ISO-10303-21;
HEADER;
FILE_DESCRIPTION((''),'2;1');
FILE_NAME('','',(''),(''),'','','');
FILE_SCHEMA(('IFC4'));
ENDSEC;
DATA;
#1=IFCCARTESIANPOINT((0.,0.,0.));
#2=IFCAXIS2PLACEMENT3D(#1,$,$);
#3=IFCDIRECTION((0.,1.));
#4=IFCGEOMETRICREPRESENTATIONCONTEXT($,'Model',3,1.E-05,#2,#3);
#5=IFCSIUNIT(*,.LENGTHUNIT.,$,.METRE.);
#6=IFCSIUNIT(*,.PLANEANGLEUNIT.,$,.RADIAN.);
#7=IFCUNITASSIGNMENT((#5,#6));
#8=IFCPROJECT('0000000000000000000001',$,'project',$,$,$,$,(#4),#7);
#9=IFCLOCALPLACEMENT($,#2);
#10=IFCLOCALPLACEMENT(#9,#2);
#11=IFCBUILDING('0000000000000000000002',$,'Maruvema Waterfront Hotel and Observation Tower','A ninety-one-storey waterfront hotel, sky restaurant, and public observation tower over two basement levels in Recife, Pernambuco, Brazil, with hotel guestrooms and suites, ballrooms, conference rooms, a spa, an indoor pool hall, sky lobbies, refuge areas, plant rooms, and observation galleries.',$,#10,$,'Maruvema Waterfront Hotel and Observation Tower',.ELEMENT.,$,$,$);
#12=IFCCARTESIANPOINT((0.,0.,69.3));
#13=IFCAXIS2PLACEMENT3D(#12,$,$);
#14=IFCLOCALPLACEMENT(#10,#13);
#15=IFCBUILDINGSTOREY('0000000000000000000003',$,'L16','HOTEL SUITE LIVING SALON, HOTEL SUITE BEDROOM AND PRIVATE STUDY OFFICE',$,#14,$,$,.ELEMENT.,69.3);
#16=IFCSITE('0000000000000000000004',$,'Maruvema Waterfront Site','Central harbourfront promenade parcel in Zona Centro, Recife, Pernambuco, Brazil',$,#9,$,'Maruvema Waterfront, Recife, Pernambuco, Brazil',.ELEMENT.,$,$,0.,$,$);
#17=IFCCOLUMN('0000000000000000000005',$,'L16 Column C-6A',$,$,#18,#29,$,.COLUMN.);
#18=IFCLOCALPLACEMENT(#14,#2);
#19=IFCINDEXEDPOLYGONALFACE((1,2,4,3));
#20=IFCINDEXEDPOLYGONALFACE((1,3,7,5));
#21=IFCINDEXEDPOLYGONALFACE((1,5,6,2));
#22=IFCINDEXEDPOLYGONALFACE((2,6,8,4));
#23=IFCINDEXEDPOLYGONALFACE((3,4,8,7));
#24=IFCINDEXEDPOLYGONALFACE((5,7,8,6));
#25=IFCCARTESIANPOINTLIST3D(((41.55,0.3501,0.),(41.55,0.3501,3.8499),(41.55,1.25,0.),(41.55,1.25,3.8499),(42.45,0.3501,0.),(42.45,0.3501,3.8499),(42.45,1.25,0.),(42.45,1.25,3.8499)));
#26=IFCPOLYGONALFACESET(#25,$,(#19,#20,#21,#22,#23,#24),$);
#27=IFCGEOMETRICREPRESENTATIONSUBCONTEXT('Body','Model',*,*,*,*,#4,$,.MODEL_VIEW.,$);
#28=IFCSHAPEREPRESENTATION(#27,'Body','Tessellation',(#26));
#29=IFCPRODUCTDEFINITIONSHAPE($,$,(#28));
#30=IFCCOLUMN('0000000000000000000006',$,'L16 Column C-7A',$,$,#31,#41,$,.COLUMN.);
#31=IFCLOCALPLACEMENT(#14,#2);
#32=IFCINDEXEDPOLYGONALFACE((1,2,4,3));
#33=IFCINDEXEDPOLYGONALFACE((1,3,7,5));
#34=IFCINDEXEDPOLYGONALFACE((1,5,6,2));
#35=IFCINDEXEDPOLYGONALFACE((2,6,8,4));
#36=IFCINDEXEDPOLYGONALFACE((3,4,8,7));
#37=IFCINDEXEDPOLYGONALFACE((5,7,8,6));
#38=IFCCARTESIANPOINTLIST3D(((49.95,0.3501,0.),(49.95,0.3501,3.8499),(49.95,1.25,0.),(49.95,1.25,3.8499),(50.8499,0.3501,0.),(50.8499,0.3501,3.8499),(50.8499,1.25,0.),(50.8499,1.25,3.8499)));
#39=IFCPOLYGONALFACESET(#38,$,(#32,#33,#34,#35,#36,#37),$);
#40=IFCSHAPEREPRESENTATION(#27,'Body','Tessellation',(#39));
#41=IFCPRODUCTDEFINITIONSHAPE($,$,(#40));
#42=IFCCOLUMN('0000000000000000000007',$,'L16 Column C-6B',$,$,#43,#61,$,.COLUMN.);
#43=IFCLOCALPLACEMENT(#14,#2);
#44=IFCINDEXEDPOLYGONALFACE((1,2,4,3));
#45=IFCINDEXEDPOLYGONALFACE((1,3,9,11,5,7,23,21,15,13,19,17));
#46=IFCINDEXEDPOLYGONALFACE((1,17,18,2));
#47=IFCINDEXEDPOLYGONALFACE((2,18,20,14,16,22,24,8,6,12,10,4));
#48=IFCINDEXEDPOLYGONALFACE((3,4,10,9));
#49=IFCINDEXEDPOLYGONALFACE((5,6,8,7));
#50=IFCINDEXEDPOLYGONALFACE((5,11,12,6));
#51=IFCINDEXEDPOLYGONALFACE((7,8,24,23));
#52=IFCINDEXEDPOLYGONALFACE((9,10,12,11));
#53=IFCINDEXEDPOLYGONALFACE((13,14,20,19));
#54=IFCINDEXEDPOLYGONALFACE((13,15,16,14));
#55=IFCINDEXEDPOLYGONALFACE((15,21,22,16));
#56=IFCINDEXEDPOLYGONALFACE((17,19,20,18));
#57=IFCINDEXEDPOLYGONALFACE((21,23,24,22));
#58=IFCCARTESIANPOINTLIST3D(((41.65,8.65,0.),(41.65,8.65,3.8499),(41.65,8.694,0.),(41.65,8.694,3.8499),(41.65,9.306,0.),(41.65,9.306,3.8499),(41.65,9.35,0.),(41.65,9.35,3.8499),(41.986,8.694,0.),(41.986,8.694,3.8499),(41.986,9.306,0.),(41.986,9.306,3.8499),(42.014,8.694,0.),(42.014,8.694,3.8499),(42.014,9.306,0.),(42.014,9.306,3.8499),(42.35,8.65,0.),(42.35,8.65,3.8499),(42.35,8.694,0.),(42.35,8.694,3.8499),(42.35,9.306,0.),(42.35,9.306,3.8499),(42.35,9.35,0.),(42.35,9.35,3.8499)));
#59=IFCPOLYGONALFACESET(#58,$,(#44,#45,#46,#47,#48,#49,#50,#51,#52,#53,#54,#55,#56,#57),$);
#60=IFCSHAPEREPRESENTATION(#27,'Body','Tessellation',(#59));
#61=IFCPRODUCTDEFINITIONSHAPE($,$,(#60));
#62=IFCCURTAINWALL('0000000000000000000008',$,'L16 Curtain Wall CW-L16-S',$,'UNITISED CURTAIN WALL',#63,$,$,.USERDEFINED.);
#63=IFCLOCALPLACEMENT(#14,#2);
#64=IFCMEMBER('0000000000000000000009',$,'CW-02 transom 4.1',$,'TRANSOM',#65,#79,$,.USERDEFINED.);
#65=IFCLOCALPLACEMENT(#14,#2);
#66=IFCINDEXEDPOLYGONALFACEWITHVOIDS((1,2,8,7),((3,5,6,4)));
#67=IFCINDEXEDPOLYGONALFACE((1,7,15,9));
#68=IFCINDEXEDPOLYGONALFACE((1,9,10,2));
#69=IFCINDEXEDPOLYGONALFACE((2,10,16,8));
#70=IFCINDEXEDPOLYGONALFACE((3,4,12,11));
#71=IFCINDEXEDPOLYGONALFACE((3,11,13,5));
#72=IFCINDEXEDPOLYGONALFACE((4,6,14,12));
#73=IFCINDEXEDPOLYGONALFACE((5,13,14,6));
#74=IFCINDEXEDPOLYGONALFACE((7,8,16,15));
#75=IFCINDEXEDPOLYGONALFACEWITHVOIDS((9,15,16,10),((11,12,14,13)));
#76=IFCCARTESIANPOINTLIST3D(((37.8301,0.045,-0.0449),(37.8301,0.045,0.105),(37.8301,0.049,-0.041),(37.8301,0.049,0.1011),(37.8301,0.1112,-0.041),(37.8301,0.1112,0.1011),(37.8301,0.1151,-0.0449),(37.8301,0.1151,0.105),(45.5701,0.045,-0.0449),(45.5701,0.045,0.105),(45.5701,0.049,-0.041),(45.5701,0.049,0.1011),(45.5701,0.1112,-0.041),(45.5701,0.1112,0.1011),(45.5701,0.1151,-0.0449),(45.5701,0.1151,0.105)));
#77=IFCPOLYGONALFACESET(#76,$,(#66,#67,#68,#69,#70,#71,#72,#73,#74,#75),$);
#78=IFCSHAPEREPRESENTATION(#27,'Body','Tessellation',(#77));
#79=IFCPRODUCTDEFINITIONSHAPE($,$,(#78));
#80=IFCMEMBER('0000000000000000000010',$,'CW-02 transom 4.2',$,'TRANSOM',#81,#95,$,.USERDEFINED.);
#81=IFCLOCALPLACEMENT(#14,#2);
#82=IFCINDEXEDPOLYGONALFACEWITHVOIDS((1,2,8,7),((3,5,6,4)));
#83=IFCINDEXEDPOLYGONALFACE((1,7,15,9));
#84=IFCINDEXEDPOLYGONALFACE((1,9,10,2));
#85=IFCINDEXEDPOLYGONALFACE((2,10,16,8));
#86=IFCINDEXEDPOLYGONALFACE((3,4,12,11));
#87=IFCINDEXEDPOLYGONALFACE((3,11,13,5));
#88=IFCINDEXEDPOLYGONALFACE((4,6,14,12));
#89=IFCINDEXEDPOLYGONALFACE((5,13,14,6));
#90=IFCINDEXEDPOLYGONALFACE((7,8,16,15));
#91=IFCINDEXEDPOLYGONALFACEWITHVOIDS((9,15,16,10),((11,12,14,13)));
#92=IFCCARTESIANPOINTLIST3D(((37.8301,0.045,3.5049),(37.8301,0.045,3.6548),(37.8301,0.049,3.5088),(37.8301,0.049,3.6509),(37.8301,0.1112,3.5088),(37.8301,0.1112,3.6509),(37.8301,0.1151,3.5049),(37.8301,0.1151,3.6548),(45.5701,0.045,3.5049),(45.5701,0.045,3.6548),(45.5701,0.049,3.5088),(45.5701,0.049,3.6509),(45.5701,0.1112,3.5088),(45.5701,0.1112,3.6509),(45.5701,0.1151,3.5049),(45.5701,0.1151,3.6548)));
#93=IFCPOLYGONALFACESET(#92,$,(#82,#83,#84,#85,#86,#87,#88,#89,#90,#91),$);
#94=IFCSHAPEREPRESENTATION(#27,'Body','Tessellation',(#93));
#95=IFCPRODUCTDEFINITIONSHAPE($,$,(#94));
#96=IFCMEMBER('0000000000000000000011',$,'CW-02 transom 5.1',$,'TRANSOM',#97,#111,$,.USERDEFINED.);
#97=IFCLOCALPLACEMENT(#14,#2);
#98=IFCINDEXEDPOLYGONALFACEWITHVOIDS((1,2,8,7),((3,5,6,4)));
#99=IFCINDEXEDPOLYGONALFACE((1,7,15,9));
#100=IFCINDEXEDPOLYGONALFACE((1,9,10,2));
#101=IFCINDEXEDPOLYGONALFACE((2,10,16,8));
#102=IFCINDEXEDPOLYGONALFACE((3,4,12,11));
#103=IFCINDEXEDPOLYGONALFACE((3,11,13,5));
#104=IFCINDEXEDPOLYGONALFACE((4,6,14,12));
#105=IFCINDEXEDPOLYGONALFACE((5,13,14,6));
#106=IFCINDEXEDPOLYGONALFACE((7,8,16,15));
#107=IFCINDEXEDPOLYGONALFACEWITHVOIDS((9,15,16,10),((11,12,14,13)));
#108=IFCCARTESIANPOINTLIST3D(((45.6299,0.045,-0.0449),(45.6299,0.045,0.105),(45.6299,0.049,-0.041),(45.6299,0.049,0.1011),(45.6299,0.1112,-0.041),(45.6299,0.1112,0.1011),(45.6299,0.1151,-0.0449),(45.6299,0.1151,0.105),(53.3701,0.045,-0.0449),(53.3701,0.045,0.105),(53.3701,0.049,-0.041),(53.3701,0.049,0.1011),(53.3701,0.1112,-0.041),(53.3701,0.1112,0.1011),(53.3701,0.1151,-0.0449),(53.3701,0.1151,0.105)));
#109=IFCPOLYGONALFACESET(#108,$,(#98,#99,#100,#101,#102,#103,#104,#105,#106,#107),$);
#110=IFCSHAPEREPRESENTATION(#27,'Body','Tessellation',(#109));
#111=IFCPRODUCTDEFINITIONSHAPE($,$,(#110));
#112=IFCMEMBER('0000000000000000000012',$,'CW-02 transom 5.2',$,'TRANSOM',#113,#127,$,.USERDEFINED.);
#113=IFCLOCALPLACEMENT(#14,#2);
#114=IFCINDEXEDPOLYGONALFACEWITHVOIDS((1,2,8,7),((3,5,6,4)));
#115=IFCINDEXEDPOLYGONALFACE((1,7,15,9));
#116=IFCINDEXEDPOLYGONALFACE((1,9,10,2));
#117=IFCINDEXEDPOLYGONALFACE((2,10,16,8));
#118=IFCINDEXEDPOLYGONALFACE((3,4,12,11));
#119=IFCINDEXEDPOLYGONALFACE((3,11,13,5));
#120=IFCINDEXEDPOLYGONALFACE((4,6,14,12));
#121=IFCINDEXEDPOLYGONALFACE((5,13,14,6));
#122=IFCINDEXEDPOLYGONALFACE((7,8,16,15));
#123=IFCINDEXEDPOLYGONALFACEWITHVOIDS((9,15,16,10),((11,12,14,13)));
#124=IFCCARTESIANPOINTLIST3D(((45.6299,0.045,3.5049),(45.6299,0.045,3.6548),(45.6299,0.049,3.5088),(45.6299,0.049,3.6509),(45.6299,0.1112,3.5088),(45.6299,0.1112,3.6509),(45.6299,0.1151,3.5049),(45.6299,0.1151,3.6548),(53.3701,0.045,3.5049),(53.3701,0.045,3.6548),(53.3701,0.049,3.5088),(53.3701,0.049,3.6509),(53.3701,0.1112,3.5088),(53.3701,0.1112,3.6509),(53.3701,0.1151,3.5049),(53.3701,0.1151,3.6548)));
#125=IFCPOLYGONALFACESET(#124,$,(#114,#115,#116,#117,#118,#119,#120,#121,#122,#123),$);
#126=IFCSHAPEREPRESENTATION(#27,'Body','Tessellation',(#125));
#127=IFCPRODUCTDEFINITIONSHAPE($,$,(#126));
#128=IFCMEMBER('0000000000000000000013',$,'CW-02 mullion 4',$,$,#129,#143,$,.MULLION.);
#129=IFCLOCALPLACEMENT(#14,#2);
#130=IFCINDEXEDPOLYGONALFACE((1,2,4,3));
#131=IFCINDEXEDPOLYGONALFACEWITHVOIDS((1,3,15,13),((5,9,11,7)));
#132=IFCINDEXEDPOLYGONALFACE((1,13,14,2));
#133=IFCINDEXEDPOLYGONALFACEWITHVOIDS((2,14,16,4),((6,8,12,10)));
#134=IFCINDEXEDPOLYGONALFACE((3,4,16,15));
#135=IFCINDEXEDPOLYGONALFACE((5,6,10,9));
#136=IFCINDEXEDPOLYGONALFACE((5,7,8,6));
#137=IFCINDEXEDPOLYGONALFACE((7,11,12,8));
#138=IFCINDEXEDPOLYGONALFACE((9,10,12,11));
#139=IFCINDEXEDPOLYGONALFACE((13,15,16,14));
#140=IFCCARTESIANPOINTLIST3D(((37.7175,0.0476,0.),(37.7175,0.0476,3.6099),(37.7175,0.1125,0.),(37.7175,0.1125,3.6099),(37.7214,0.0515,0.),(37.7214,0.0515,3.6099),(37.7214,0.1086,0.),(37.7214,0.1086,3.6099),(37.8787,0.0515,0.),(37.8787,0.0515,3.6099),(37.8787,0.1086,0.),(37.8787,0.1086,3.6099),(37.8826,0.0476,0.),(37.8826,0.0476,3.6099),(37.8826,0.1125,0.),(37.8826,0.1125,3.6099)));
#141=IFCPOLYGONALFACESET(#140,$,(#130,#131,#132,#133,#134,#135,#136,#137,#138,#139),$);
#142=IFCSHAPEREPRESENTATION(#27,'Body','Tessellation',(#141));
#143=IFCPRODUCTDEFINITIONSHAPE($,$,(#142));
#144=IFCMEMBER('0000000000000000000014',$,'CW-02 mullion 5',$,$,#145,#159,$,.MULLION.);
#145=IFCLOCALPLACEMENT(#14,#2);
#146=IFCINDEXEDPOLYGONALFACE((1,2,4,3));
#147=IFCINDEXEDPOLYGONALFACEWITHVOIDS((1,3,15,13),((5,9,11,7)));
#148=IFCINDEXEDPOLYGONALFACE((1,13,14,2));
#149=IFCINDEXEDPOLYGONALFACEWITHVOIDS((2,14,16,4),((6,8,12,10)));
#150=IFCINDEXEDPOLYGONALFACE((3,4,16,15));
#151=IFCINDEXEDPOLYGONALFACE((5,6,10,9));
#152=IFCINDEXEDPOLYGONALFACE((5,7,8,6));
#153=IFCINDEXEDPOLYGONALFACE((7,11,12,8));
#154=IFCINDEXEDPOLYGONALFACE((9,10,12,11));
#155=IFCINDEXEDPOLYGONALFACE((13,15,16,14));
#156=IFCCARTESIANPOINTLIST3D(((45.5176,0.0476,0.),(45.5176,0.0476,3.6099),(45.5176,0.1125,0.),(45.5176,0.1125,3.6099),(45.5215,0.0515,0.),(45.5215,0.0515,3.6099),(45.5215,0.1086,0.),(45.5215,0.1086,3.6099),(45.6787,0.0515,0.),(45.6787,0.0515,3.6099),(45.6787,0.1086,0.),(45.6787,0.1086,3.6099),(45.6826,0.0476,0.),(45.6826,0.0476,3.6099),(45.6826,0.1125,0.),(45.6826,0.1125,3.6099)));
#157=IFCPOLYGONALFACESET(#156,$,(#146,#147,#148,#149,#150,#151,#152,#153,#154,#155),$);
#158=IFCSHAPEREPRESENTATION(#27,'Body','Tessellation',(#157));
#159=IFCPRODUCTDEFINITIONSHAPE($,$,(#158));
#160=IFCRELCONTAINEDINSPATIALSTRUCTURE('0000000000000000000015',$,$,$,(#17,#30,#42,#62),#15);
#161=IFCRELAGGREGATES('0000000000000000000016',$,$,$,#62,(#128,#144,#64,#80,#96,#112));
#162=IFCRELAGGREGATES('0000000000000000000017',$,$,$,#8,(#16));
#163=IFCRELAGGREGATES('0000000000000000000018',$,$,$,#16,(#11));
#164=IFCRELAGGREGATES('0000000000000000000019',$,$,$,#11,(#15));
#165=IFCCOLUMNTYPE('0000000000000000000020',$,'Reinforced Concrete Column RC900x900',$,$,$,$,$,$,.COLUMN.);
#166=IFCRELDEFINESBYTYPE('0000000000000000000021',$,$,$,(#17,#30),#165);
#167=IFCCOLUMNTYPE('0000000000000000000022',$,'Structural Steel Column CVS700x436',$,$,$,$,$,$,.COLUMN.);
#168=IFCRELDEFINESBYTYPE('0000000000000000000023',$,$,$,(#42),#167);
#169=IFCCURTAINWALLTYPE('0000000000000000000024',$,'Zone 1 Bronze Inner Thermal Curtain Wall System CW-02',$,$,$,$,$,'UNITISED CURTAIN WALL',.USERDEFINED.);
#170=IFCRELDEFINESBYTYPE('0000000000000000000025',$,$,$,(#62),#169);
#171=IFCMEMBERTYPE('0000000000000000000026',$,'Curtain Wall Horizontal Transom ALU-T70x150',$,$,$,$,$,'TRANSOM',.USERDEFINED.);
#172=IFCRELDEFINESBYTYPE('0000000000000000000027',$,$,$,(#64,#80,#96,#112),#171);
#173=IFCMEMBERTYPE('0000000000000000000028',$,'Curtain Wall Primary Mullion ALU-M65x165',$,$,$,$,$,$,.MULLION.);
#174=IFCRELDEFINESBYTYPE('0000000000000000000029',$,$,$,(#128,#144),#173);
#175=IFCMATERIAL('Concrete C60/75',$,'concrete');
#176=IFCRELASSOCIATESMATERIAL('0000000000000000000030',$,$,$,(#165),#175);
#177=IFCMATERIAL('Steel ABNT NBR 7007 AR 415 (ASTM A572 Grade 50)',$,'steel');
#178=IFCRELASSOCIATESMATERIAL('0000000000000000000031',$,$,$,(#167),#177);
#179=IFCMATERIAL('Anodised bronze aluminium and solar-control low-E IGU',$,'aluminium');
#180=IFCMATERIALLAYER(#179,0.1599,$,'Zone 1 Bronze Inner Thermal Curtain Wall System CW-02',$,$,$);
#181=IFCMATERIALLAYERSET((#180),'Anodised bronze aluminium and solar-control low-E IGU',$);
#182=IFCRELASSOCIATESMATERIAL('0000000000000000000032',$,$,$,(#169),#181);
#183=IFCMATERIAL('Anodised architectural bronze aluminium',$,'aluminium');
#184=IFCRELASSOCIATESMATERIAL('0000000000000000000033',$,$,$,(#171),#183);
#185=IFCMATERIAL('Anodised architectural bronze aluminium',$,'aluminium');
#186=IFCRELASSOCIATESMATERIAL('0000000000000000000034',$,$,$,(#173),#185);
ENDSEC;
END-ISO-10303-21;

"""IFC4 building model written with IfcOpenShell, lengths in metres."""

from ifc_helpers import new_model, si_unit, direction, frame, origin, origin_2d, place, context, subcontext, project, spatial, rectangle, hollow_rectangle, i_section, extrude, material, layer, layer_set, material_profile, profile_set, type_object, element, aggregate, save


model = new_model("IFC4")

# Units and contexts
model_context = context("Model", 3, precision=1e-05, world=origin(), true_north=direction((0.0, 1.0)))
body_context = subcontext(model_context, "Body", "Model", "MODEL_VIEW")
ifc_project = project(units=[si_unit("LENGTHUNIT", "METRE"), si_unit("PLANEANGLEUNIT", "RADIAN")], contexts=[model_context])

# Site, building, storey
site_placement = place(None, origin())
site = spatial("IfcSite", under=ifc_project, at=site_placement, Name="Maruvema Waterfront Site", Description="Central harbourfront promenade parcel in Zona Centro, Recife, Pernambuco, Brazil", LongName="Maruvema Waterfront, Recife, Pernambuco, Brazil", CompositionType="ELEMENT", RefElevation=0.0)
building_placement = place(site_placement, origin())
building = spatial("IfcBuilding", under=site, at=building_placement, Name="Maruvema Waterfront Hotel and Observation Tower", Description="A ninety-one-storey waterfront hotel, sky restaurant, and public observation tower over two basement levels in Recife, Pernambuco, Brazil, with hotel guestrooms and suites, ballrooms, conference rooms, a spa, an indoor pool hall, sky lobbies, refuge areas, plant rooms, and observation galleries.", LongName="Maruvema Waterfront Hotel and Observation Tower", CompositionType="ELEMENT")
storey_placement = place(building_placement, frame((0.0, 0.0, 69.3)))
storey = spatial("IfcBuildingStorey", under=building, at=storey_placement, Name="L16", Description="HOTEL SUITE LIVING SALON, HOTEL SUITE BEDROOM AND PRIVATE STUDY OFFICE", CompositionType="ELEMENT", Elevation=69.3)

# Columns
ifc_material_1 = material(Name="Concrete C60/75", Category="concrete")
ifc_material_profile_1 = material_profile(ifc_material_1, rectangle(XDim=0.8999, YDim=0.8999, at=origin_2d()), Name="RC900x900")
ifc_profile_set_1 = profile_set([ifc_material_profile_1], Name="Concrete C60/75")
column_type_1 = type_object("IfcColumnType", Name="Reinforced Concrete Column RC900x900", PredefinedType="COLUMN", material=ifc_profile_set_1)
for number, where, z_axis, x_axis, name in (
    (1, (42.0, 0.8, 0.0), (0.0, 0.0, 1.0), (1.0, 0.0, 0.0), "L16 Column C-6A"),
    (2, (50.3999, 0.8, 0.0), (0.0, 0.0, 1.0), (1.0, 0.0, 0.0), "L16 Column C-7A"),
):
    element("IfcColumn", number, at=place(storey_placement, frame(where, z_axis=z_axis, x_axis=x_axis)), inside=storey, type_object=column_type_1, Name=name, PredefinedType="COLUMN", context=body_context, shape_type="SweptSolid", body=[
        extrude(rectangle(XDim=0.8999, YDim=0.8999, at=origin_2d()), origin(), (0.0, 0.0, 1.0), 3.8499),
    ])
ifc_material_2 = material(Name="Steel ABNT NBR 7007 AR 415 (ASTM A572 Grade 50)", Category="steel")
ifc_material_profile_2 = material_profile(ifc_material_2, i_section(OverallWidth=0.7, OverallDepth=0.7, WebThickness=0.0281, FlangeThickness=0.0439, at=origin_2d()), Name="CVS700x436")
ifc_profile_set_2 = profile_set([ifc_material_profile_2], Name="Steel ABNT NBR 7007 AR 415 (ASTM A572 Grade 50)")
column_type_2 = type_object("IfcColumnType", Name="Structural Steel Column CVS700x436", PredefinedType="COLUMN", material=ifc_profile_set_2)
column_placement = place(storey_placement, frame((42.0, 9.0, 0.0), z_axis=(0.0, 0.0, 1.0), x_axis=(1.0, 0.0, 0.0)))
element("IfcColumn", 3, at=column_placement, inside=storey, type_object=column_type_2, Name="L16 Column C-6B", PredefinedType="COLUMN", context=body_context, shape_type="SweptSolid", body=[
    extrude(i_section(OverallWidth=0.7, OverallDepth=0.7, WebThickness=0.0281, FlangeThickness=0.0439, at=origin_2d()), origin(), (0.0, 0.0, 1.0), 3.8499),
])

# Curtain wall, members
ifc_material_3 = material(Name="Anodised bronze aluminium and solar-control low-E IGU", Category="aluminium")
ifc_layer_1 = layer(ifc_material_3, 0.1599, Name="Zone 1 Bronze Inner Thermal Curtain Wall System CW-02")
ifc_layer_set_1 = layer_set([ifc_layer_1], Name="Anodised bronze aluminium and solar-control low-E IGU")
curtain_wall_type = type_object("IfcCurtainWallType", Name="Zone 1 Bronze Inner Thermal Curtain Wall System CW-02", ElementType="UNITISED CURTAIN WALL", PredefinedType="USERDEFINED", material=ifc_layer_set_1)
curtain_wall_placement = place(storey_placement, origin())
curtain_wall = element("IfcCurtainWall", 4, at=curtain_wall_placement, inside=storey, type_object=curtain_wall_type, Name="L16 Curtain Wall CW-L16-S", ObjectType="UNITISED CURTAIN WALL", PredefinedType="USERDEFINED")
ifc_material_4 = material(Name="Anodised architectural bronze aluminium", Category="aluminium")
ifc_material_profile_3 = material_profile(ifc_material_4, hollow_rectangle(XDim=0.0701, YDim=0.1499, WallThickness=0.0039, at=origin_2d()), Name="ALU-T70x150")
ifc_profile_set_3 = profile_set([ifc_material_profile_3], Name="Anodised architectural bronze aluminium")
member_type_1 = type_object("IfcMemberType", Name="Curtain Wall Horizontal Transom ALU-T70x150", ElementType="TRANSOM", PredefinedType="USERDEFINED", material=ifc_profile_set_3)
member_1_placement = place(storey_placement, frame((37.8301, 0.0801, 0.03), z_axis=(1.0, 0.0, 0.0), x_axis=(0.0, 1.0, 0.0)))
member_1 = element("IfcMember", 5, at=member_1_placement, type_object=member_type_1, Name="CW-02 transom 4.1", ObjectType="TRANSOM", PredefinedType="USERDEFINED", context=body_context, shape_type="SweptSolid", body=[
    extrude(hollow_rectangle(XDim=0.0701, YDim=0.1499, WallThickness=0.0039, at=origin_2d()), origin(), (0.0, 0.0, 1.0), 7.74),
])
member_2_placement = place(storey_placement, frame((37.8301, 0.0801, 3.5798), z_axis=(1.0, 0.0, 0.0), x_axis=(0.0, 1.0, 0.0)))
member_2 = element("IfcMember", 6, at=member_2_placement, type_object=member_type_1, Name="CW-02 transom 4.2", ObjectType="TRANSOM", PredefinedType="USERDEFINED", context=body_context, shape_type="SweptSolid", body=[
    extrude(hollow_rectangle(XDim=0.0701, YDim=0.1499, WallThickness=0.0039, at=origin_2d()), origin(), (0.0, 0.0, 1.0), 7.74),
])
member_3_placement = place(storey_placement, frame((45.6299, 0.0801, 0.03), z_axis=(1.0, 0.0, 0.0), x_axis=(0.0, 1.0, 0.0)))
member_3 = element("IfcMember", 7, at=member_3_placement, type_object=member_type_1, Name="CW-02 transom 5.1", ObjectType="TRANSOM", PredefinedType="USERDEFINED", context=body_context, shape_type="SweptSolid", body=[
    extrude(hollow_rectangle(XDim=0.0701, YDim=0.1499, WallThickness=0.0039, at=origin_2d()), origin(), (0.0, 0.0, 1.0), 7.7402),
])
member_4_placement = place(storey_placement, frame((45.6299, 0.0801, 3.5798), z_axis=(1.0, 0.0, 0.0), x_axis=(0.0, 1.0, 0.0)))
member_4 = element("IfcMember", 8, at=member_4_placement, type_object=member_type_1, Name="CW-02 transom 5.2", ObjectType="TRANSOM", PredefinedType="USERDEFINED", context=body_context, shape_type="SweptSolid", body=[
    extrude(hollow_rectangle(XDim=0.0701, YDim=0.1499, WallThickness=0.0039, at=origin_2d()), origin(), (0.0, 0.0, 1.0), 7.7402),
])
ifc_material_5 = material(Name="Anodised architectural bronze aluminium", Category="aluminium")
ifc_material_profile_4 = material_profile(ifc_material_5, hollow_rectangle(XDim=0.0649, YDim=0.165, WallThickness=0.0039, at=origin_2d()), Name="ALU-M65x165")
ifc_profile_set_4 = profile_set([ifc_material_profile_4], Name="Anodised architectural bronze aluminium")
member_type_2 = type_object("IfcMemberType", Name="Curtain Wall Primary Mullion ALU-M65x165", PredefinedType="MULLION", material=ifc_profile_set_4)
member_5_placement = place(storey_placement, frame((37.8, 0.0801, 0.0), z_axis=(0.0, 0.0, 1.0), x_axis=(0.0, 1.0, 0.0)))
member_5 = element("IfcMember", 9, at=member_5_placement, type_object=member_type_2, Name="CW-02 mullion 4", PredefinedType="MULLION", context=body_context, shape_type="SweptSolid", body=[
    extrude(hollow_rectangle(XDim=0.0649, YDim=0.165, WallThickness=0.0039, at=origin_2d()), origin(), (0.0, 0.0, 1.0), 3.6099),
])
member_6_placement = place(storey_placement, frame((45.6001, 0.0801, 0.0), z_axis=(0.0, 0.0, 1.0), x_axis=(0.0, 1.0, 0.0)))
member_6 = element("IfcMember", 10, at=member_6_placement, type_object=member_type_2, Name="CW-02 mullion 5", PredefinedType="MULLION", context=body_context, shape_type="SweptSolid", body=[
    extrude(hollow_rectangle(XDim=0.0649, YDim=0.165, WallThickness=0.0039, at=origin_2d()), origin(), (0.0, 0.0, 1.0), 3.6099),
])

aggregate(curtain_wall, [member_5, member_6, member_1, member_2, member_3, member_4])

save(model, "model.ifc")
